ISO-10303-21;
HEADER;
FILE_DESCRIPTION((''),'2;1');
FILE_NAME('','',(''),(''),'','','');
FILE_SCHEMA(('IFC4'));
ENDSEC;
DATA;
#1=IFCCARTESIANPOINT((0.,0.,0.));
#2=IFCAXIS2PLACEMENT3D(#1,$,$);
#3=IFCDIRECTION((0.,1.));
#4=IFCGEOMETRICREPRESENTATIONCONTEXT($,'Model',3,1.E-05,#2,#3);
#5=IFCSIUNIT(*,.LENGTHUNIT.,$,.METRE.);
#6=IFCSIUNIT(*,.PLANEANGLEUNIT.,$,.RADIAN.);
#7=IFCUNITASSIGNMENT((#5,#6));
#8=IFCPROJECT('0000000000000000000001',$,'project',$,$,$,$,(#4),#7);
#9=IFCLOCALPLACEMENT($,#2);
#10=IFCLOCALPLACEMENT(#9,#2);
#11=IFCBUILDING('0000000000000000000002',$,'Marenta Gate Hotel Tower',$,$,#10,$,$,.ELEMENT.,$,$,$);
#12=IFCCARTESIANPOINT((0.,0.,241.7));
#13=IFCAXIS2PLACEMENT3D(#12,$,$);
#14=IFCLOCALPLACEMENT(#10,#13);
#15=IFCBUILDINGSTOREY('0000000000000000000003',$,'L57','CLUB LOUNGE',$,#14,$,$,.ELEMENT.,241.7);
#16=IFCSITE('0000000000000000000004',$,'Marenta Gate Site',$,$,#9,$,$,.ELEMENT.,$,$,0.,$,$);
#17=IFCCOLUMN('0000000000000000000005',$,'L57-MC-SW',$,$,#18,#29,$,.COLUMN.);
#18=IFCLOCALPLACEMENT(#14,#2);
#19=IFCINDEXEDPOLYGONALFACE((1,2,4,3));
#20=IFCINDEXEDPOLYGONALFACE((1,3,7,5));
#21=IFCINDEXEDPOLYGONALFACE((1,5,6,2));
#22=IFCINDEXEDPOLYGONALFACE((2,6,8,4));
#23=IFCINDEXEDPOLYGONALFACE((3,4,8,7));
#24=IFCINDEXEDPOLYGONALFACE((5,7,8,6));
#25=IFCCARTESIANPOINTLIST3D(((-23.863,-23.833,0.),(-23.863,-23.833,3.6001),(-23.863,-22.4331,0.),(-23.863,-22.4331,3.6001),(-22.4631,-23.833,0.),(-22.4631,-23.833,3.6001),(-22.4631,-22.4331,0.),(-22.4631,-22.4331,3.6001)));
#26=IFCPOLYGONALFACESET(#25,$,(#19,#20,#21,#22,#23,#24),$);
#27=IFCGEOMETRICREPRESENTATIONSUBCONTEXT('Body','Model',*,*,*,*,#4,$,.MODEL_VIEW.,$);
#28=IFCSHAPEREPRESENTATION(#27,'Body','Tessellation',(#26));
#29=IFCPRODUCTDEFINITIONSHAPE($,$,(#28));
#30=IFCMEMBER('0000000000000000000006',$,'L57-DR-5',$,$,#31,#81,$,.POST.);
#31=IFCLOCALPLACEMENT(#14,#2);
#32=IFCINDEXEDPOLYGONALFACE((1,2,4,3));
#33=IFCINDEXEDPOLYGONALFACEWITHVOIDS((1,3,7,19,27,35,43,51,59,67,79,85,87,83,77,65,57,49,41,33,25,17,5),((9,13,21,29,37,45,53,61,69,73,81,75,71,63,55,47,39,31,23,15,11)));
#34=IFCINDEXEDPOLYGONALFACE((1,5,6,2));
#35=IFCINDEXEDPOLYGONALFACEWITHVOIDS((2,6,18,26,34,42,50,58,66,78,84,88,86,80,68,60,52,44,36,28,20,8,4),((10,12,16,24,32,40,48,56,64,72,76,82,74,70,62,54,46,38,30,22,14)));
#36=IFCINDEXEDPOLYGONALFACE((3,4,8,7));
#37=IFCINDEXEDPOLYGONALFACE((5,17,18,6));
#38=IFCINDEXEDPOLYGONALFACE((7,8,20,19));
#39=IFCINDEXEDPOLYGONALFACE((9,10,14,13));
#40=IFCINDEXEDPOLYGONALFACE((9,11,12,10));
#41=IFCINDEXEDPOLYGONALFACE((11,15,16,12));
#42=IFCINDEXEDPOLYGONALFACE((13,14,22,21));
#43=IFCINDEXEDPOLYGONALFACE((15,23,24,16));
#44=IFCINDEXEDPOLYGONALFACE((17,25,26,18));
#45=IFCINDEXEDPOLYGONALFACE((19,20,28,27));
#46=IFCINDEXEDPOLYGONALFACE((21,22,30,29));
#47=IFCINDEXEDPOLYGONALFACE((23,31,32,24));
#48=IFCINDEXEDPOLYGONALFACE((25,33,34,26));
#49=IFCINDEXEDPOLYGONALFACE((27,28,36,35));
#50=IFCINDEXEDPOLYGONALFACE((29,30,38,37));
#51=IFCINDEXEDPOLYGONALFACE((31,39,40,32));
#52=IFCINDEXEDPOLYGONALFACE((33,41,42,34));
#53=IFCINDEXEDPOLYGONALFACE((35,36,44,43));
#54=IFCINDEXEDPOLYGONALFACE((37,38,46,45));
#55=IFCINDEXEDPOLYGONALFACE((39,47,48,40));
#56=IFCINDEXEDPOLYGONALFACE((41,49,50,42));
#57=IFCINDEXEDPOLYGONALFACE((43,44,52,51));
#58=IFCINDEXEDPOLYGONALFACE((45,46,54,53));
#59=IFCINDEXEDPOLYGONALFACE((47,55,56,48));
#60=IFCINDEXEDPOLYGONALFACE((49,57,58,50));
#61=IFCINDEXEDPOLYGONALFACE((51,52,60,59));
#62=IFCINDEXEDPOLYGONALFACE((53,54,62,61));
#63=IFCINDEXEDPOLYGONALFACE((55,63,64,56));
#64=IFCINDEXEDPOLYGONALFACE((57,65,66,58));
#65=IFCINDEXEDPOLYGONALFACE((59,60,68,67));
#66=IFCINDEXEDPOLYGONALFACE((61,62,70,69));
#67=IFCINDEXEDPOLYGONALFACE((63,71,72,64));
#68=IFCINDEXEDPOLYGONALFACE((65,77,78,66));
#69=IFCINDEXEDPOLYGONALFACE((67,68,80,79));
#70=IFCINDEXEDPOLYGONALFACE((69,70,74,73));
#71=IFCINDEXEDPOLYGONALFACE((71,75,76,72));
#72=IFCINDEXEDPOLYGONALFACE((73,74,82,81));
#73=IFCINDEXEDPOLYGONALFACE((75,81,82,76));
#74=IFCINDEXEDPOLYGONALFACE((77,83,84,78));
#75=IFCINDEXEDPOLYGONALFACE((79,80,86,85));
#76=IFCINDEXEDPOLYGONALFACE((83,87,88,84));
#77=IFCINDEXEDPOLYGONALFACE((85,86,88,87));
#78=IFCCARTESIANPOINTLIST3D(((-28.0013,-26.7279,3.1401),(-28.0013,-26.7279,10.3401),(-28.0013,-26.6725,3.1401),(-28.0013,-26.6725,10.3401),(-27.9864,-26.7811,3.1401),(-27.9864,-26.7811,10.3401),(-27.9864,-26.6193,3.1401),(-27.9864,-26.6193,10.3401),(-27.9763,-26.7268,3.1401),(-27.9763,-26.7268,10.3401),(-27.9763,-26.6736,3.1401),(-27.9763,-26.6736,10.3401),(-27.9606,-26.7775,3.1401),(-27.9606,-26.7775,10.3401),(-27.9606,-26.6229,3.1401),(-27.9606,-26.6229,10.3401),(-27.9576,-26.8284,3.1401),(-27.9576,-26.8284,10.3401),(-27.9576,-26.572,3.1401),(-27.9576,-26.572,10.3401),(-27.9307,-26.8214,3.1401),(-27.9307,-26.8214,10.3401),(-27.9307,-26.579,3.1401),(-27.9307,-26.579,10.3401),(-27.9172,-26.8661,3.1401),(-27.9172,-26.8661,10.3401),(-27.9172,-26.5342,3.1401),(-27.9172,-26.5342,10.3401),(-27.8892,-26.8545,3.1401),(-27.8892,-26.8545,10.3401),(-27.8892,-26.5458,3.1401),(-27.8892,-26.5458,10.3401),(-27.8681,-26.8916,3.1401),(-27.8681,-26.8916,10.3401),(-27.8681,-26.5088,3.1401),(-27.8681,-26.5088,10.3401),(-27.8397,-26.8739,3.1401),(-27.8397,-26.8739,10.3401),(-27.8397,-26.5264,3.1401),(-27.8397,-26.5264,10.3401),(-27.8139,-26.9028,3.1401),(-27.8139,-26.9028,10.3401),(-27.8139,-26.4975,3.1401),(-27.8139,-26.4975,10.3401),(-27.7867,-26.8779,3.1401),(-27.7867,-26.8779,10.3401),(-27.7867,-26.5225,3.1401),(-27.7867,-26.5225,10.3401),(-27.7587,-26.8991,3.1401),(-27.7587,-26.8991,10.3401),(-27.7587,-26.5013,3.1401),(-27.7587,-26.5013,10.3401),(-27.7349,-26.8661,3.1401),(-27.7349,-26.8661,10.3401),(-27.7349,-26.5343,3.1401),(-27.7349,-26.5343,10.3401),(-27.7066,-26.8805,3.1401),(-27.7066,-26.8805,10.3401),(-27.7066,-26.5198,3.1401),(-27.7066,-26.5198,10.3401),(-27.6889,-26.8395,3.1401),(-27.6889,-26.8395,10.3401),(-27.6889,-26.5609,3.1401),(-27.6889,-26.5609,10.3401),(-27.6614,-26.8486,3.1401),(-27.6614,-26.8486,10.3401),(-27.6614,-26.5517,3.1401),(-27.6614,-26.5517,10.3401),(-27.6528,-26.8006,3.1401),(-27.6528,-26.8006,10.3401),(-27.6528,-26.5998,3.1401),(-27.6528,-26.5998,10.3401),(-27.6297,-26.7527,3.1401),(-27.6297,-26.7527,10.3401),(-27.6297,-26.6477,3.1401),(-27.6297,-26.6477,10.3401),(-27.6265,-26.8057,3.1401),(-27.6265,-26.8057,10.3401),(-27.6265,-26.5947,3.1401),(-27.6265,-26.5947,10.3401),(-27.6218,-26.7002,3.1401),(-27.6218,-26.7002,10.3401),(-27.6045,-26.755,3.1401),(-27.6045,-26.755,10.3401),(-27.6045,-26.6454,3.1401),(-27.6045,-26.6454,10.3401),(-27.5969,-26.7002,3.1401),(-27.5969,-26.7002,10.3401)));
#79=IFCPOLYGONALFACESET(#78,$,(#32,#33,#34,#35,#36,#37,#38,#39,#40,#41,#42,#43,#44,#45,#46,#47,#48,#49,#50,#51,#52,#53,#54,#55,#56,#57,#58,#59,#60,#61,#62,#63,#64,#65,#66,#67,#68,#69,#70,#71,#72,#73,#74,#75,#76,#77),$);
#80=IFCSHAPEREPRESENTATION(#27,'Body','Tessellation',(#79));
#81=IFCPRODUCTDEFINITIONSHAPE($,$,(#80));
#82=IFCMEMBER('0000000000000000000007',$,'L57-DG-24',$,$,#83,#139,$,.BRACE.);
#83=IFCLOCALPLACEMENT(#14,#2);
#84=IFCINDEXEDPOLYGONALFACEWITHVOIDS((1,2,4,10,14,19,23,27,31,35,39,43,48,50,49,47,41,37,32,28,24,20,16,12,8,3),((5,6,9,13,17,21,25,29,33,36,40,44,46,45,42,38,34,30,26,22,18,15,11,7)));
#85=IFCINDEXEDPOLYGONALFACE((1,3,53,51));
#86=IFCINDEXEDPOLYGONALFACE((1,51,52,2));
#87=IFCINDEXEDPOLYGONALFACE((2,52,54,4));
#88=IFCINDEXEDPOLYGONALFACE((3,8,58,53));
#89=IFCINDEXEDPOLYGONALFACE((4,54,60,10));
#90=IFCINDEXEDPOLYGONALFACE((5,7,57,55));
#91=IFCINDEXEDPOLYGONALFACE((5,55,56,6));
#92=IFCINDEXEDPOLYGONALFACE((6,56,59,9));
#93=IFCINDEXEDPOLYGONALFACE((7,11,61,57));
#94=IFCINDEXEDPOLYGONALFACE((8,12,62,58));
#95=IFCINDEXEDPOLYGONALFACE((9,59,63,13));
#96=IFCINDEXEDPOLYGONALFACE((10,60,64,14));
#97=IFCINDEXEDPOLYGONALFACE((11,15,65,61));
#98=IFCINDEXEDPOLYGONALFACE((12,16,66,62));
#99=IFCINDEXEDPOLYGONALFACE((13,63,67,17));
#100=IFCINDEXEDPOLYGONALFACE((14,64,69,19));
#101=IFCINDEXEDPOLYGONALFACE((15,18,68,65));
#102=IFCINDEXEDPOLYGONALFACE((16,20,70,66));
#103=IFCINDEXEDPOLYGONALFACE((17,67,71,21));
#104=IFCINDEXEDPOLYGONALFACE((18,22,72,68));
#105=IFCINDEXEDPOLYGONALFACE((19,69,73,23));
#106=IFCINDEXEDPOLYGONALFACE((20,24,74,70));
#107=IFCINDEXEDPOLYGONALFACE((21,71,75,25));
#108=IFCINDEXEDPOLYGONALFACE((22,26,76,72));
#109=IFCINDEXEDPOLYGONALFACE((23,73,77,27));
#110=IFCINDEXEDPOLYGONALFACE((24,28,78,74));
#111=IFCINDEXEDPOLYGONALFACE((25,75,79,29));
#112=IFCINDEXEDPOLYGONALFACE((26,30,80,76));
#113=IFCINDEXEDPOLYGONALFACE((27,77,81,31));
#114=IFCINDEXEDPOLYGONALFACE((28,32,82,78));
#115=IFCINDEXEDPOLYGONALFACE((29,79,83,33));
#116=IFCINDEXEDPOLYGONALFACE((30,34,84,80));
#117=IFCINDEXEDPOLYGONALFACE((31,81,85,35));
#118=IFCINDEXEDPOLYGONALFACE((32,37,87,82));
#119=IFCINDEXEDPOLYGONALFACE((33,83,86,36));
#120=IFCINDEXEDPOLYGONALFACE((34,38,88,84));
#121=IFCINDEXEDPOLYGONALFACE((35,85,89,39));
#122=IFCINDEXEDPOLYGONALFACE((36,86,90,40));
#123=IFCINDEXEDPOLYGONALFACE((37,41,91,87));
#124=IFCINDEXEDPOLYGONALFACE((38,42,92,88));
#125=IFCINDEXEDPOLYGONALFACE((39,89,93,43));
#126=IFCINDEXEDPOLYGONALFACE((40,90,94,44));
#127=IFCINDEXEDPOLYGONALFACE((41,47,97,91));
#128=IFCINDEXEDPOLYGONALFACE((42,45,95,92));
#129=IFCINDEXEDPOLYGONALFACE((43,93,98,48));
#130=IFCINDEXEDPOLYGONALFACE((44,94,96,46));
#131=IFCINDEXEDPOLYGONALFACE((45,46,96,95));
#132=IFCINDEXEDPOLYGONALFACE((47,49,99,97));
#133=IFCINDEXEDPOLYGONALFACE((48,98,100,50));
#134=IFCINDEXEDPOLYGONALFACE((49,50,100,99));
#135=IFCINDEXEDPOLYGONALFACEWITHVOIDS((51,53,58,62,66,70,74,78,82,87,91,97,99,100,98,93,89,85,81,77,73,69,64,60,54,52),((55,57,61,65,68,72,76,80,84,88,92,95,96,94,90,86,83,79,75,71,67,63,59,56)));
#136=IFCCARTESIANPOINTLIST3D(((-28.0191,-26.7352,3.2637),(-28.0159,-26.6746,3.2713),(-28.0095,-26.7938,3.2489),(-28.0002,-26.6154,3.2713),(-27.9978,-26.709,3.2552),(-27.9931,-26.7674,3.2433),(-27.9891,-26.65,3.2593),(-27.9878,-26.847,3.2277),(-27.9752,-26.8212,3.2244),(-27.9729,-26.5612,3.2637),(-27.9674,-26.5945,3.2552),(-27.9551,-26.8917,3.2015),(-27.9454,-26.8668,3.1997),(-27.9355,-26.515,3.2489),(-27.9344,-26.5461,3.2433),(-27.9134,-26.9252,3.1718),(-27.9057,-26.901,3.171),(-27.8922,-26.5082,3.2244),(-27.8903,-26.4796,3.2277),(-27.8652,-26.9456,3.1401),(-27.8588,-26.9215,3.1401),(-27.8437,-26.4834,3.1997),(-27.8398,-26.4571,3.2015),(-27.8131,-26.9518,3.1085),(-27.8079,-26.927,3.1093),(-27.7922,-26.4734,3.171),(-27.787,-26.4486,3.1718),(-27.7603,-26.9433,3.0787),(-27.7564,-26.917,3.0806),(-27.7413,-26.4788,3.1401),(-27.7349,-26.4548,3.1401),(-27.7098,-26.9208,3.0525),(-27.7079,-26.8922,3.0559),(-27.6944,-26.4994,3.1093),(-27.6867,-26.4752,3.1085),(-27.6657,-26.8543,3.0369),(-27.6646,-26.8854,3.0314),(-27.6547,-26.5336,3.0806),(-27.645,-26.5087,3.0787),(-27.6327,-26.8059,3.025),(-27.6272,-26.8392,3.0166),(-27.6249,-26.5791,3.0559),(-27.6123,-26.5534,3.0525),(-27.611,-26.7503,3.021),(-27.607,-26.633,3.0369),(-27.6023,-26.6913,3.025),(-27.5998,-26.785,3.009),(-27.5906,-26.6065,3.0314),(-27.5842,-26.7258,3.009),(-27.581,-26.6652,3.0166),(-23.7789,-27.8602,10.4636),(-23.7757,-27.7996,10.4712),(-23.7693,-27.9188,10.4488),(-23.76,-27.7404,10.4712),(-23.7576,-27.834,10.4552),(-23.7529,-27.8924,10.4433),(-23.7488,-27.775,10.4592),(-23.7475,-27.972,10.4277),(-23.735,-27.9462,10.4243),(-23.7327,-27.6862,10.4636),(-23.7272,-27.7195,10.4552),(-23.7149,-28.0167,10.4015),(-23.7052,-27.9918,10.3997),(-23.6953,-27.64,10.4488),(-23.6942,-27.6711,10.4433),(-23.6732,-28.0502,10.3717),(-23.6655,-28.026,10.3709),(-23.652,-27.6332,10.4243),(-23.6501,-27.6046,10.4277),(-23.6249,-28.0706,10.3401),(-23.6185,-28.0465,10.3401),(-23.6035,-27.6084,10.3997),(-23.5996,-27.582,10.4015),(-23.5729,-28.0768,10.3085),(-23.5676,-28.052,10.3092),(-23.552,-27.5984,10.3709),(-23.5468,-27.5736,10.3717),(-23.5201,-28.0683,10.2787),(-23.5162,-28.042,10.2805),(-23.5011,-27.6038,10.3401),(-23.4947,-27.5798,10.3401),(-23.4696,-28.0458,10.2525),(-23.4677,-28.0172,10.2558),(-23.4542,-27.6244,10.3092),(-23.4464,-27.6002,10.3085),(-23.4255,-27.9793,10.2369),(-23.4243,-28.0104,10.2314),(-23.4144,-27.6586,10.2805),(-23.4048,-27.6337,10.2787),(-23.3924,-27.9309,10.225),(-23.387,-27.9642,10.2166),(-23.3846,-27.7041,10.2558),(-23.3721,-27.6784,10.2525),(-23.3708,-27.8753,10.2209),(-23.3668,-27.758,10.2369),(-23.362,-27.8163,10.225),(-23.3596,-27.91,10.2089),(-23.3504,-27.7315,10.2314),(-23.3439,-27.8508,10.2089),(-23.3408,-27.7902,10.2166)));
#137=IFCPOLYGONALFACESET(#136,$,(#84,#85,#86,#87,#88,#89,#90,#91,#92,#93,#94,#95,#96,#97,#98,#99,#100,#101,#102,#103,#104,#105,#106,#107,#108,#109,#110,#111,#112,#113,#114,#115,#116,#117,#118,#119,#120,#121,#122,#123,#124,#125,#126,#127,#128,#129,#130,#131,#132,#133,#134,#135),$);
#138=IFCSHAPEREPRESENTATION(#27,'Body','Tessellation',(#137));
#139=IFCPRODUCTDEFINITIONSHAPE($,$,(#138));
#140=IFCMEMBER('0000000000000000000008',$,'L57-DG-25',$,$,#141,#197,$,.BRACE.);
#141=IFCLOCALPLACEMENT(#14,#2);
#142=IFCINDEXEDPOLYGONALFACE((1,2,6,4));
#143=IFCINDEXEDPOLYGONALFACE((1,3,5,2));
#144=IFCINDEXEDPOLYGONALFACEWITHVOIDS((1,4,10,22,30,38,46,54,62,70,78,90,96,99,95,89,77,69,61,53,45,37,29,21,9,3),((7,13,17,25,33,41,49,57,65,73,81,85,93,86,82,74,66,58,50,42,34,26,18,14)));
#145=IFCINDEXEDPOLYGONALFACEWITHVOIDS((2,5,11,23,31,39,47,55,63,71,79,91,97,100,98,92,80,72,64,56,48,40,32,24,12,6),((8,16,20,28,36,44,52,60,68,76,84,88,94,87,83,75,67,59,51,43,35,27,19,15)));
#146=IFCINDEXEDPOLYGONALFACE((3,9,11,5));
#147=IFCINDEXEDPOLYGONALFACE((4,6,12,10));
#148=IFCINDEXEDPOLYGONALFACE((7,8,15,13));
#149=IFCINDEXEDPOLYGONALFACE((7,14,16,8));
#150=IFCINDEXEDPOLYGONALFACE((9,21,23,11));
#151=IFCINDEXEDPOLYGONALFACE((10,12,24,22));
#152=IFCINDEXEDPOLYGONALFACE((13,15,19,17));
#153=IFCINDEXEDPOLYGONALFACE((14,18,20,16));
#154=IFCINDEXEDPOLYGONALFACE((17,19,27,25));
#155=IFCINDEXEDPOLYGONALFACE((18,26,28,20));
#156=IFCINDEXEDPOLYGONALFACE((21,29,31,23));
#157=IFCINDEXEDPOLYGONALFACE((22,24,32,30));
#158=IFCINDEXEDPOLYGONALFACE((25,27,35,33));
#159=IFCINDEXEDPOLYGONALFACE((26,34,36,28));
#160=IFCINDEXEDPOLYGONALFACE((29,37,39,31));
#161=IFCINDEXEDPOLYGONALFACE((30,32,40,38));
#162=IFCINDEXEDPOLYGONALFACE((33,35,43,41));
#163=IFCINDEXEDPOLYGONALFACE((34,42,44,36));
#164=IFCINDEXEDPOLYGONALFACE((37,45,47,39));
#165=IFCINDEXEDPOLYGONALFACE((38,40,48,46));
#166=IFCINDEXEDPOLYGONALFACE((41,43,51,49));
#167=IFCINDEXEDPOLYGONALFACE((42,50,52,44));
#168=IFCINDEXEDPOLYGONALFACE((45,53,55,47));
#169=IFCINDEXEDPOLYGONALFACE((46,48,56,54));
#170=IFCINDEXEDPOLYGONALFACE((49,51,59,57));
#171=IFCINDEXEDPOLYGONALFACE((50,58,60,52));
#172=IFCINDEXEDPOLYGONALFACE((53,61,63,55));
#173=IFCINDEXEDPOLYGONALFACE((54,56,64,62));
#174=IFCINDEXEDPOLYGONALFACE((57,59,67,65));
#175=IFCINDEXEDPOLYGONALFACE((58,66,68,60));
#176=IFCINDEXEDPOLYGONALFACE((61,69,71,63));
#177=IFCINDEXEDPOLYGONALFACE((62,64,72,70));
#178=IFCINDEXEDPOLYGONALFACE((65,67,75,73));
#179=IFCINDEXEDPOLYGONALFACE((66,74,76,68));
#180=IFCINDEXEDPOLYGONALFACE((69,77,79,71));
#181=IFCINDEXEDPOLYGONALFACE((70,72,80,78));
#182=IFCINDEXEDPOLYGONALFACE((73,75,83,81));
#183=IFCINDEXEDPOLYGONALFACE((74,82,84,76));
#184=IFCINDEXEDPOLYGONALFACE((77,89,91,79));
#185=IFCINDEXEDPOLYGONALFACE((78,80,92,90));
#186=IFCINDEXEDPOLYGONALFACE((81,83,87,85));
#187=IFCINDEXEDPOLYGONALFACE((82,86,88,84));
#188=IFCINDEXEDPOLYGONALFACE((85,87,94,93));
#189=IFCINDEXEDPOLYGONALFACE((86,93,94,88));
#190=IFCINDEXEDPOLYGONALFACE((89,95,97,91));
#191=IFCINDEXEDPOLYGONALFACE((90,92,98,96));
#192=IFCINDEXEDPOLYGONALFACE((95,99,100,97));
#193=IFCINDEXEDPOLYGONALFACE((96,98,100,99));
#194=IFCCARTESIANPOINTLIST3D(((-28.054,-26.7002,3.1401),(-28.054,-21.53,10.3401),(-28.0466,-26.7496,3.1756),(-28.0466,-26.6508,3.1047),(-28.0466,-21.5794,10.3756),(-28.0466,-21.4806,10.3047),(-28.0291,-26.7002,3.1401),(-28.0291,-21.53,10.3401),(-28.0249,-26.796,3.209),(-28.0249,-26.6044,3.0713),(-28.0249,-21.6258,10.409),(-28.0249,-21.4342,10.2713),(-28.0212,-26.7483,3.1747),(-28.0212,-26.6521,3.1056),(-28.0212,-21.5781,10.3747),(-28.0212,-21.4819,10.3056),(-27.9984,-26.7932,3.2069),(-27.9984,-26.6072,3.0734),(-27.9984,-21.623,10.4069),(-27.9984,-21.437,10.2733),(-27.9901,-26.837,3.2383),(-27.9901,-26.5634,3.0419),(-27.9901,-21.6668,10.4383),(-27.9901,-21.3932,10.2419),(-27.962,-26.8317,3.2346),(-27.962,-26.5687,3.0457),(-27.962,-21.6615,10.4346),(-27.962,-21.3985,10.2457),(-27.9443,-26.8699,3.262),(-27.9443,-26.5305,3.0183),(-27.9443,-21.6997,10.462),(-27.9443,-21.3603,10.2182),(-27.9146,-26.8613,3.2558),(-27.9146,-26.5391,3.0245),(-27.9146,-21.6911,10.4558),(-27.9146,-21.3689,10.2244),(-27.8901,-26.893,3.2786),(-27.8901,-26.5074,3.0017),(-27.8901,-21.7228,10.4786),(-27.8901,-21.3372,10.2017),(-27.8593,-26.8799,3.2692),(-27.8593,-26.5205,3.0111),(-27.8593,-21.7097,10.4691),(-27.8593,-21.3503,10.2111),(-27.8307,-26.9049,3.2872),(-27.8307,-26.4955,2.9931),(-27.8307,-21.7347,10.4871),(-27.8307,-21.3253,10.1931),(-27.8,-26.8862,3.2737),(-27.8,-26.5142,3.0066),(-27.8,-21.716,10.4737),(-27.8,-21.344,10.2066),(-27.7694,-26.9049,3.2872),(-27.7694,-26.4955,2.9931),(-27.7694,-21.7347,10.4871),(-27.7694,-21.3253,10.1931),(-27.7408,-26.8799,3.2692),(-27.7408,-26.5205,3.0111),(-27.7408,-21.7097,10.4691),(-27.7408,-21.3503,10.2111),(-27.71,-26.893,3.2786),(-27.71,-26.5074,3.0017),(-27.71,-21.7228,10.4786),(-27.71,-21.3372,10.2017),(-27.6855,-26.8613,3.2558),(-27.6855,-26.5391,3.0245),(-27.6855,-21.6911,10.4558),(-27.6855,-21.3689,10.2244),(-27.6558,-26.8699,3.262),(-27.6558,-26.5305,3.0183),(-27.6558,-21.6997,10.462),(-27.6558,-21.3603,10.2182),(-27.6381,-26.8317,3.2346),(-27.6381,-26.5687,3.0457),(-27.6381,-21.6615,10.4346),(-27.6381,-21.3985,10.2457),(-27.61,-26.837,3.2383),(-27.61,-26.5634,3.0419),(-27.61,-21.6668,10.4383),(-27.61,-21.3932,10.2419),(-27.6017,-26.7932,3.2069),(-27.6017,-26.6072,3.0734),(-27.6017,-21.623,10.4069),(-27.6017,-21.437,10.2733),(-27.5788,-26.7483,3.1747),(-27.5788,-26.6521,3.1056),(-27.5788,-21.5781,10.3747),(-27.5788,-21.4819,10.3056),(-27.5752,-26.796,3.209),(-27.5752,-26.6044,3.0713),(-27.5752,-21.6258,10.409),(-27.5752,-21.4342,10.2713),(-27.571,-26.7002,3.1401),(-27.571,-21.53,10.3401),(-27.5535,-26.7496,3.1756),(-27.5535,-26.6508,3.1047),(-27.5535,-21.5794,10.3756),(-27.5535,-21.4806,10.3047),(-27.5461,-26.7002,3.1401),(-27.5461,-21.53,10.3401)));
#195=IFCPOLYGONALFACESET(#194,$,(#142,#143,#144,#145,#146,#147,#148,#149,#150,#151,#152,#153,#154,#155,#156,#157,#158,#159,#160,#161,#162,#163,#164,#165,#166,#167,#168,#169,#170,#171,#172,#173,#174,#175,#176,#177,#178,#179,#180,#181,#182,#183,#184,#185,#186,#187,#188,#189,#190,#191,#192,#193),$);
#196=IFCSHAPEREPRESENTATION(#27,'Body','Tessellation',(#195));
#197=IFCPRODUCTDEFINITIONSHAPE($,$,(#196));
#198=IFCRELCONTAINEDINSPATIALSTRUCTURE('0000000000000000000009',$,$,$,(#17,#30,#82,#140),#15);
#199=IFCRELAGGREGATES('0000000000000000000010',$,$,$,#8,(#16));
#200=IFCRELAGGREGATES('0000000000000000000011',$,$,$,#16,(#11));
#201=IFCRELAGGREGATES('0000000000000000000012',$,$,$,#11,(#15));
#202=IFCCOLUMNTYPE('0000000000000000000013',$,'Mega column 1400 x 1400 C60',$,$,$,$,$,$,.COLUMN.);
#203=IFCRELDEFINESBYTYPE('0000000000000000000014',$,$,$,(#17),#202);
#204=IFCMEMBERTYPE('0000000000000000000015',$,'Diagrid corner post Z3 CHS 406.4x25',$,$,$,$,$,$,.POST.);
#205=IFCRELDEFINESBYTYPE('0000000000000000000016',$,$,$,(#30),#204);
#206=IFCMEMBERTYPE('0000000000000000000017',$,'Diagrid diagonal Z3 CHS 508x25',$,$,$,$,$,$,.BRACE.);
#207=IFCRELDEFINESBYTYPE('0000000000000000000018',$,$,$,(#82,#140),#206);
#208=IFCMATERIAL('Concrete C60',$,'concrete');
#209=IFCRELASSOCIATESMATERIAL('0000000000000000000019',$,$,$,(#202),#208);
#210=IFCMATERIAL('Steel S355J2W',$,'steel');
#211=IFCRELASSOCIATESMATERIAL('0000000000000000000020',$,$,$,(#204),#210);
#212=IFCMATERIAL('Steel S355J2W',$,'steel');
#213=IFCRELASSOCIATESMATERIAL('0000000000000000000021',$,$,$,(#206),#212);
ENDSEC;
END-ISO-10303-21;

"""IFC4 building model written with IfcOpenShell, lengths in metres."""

from ifc_helpers import new_model, si_unit, direction, frame, origin, origin_2d, place, context, subcontext, project, spatial, rectangle, hollow_circle, extrude, material, material_profile, profile_set, type_object, element, save


model = new_model("IFC4")

# Units and contexts
model_context = context("Model", 3, precision=1e-05, world=origin(), true_north=direction((0.0, 1.0)))
body_context = subcontext(model_context, "Body", "Model", "MODEL_VIEW")
ifc_project = project(units=[si_unit("LENGTHUNIT", "METRE"), si_unit("PLANEANGLEUNIT", "RADIAN")], contexts=[model_context])

# Site, building, storey
site_placement = place(None, origin())
site = spatial("IfcSite", under=ifc_project, at=site_placement, Name="Marenta Gate Site", CompositionType="ELEMENT", RefElevation=0.0)
building_placement = place(site_placement, origin())
building = spatial("IfcBuilding", under=site, at=building_placement, Name="Marenta Gate Hotel Tower", CompositionType="ELEMENT")
storey_placement = place(building_placement, frame((0.0, 0.0, 241.7)))
storey = spatial("IfcBuildingStorey", under=building, at=storey_placement, Name="L57", Description="CLUB LOUNGE", CompositionType="ELEMENT", Elevation=241.7)

# Column
ifc_material_1 = material(Name="Concrete C60", Category="concrete")
ifc_material_profile_1 = material_profile(ifc_material_1, rectangle(XDim=1.3999, YDim=1.3999, at=origin_2d()), Name="1400 x 1400")
ifc_profile_set_1 = profile_set([ifc_material_profile_1], Name="Concrete C60")
column_type = type_object("IfcColumnType", Name="Mega column 1400 x 1400 C60", PredefinedType="COLUMN", material=ifc_profile_set_1)
column_placement = place(storey_placement, frame((-23.1631, -23.1331, 0.0), z_axis=(0.0, 0.0, 1.0), x_axis=(1.0, 0.0, 0.0)))
element("IfcColumn", 1, at=column_placement, inside=storey, type_object=column_type, Name="L57-MC-SW", PredefinedType="COLUMN", context=body_context, shape_type="SweptSolid", body=[
    extrude(rectangle(XDim=1.3999, YDim=1.3999, at=origin_2d()), origin(), (0.0, 0.0, 1.0), 3.6001),
])

# Members
ifc_material_2 = material(Name="Steel S355J2W", Category="steel")
ifc_material_profile_2 = material_profile(ifc_material_2, hollow_circle(Radius=0.2031, WallThickness=0.0249, at=origin_2d()), Name="CHS 406.4x25")
ifc_profile_set_2 = profile_set([ifc_material_profile_2], Name="Steel S355J2W")
member_type_1 = type_object("IfcMemberType", Name="Diagrid corner post Z3 CHS 406.4x25", PredefinedType="POST", material=ifc_profile_set_2)
member_1_placement = place(storey_placement, frame((-27.8, -26.7002, 3.1401), z_axis=(0.0, 0.0, 1.0), x_axis=(1.0, 0.0, 0.0)))
element("IfcMember", 2, at=member_1_placement, inside=storey, type_object=member_type_1, Name="L57-DR-5", PredefinedType="POST", context=body_context, shape_type="SweptSolid", body=[
    extrude(hollow_circle(Radius=0.2031, WallThickness=0.0249, at=origin_2d()), origin(), (0.0, 0.0, 1.0), 7.2),
])
ifc_material_3 = material(Name="Steel S355J2W", Category="steel")
ifc_material_profile_3 = material_profile(ifc_material_3, hollow_circle(Radius=0.2539, WallThickness=0.0249, at=origin_2d()), Name="CHS 508x25")
ifc_profile_set_3 = profile_set([ifc_material_profile_3], Name="Steel S355J2W")
member_type_2 = type_object("IfcMemberType", Name="Diagrid diagonal Z3 CHS 508x25", PredefinedType="BRACE", material=ifc_profile_set_3)
member_2_placement = place(storey_placement, frame((-27.8, -26.7002, 3.1401), z_axis=(0.502924, -0.133434, 0.853969), x_axis=(0.256443, 0.966559, 0.0)))
element("IfcMember", 3, at=member_2_placement, inside=storey, type_object=member_type_2, Name="L57-DG-24", PredefinedType="BRACE", context=body_context, shape_type="SweptSolid", body=[
    extrude(hollow_circle(Radius=0.2539, WallThickness=0.0249, at=origin_2d()), origin(), (0.0, 0.0, 1.0), 8.4312),
])
member_3_placement = place(storey_placement, frame((-27.8, -26.7002, 3.1401), z_axis=(0.0, 0.583279, 0.812272), x_axis=(-1.0, 0.0, 0.0)))
element("IfcMember", 4, at=member_3_placement, inside=storey, type_object=member_type_2, Name="L57-DG-25", PredefinedType="BRACE", context=body_context, shape_type="SweptSolid", body=[
    extrude(hollow_circle(Radius=0.2539, WallThickness=0.0249, at=origin_2d()), origin(), (0.0, 0.0, 1.0), 8.864),
])

save(model, "model.ifc")
